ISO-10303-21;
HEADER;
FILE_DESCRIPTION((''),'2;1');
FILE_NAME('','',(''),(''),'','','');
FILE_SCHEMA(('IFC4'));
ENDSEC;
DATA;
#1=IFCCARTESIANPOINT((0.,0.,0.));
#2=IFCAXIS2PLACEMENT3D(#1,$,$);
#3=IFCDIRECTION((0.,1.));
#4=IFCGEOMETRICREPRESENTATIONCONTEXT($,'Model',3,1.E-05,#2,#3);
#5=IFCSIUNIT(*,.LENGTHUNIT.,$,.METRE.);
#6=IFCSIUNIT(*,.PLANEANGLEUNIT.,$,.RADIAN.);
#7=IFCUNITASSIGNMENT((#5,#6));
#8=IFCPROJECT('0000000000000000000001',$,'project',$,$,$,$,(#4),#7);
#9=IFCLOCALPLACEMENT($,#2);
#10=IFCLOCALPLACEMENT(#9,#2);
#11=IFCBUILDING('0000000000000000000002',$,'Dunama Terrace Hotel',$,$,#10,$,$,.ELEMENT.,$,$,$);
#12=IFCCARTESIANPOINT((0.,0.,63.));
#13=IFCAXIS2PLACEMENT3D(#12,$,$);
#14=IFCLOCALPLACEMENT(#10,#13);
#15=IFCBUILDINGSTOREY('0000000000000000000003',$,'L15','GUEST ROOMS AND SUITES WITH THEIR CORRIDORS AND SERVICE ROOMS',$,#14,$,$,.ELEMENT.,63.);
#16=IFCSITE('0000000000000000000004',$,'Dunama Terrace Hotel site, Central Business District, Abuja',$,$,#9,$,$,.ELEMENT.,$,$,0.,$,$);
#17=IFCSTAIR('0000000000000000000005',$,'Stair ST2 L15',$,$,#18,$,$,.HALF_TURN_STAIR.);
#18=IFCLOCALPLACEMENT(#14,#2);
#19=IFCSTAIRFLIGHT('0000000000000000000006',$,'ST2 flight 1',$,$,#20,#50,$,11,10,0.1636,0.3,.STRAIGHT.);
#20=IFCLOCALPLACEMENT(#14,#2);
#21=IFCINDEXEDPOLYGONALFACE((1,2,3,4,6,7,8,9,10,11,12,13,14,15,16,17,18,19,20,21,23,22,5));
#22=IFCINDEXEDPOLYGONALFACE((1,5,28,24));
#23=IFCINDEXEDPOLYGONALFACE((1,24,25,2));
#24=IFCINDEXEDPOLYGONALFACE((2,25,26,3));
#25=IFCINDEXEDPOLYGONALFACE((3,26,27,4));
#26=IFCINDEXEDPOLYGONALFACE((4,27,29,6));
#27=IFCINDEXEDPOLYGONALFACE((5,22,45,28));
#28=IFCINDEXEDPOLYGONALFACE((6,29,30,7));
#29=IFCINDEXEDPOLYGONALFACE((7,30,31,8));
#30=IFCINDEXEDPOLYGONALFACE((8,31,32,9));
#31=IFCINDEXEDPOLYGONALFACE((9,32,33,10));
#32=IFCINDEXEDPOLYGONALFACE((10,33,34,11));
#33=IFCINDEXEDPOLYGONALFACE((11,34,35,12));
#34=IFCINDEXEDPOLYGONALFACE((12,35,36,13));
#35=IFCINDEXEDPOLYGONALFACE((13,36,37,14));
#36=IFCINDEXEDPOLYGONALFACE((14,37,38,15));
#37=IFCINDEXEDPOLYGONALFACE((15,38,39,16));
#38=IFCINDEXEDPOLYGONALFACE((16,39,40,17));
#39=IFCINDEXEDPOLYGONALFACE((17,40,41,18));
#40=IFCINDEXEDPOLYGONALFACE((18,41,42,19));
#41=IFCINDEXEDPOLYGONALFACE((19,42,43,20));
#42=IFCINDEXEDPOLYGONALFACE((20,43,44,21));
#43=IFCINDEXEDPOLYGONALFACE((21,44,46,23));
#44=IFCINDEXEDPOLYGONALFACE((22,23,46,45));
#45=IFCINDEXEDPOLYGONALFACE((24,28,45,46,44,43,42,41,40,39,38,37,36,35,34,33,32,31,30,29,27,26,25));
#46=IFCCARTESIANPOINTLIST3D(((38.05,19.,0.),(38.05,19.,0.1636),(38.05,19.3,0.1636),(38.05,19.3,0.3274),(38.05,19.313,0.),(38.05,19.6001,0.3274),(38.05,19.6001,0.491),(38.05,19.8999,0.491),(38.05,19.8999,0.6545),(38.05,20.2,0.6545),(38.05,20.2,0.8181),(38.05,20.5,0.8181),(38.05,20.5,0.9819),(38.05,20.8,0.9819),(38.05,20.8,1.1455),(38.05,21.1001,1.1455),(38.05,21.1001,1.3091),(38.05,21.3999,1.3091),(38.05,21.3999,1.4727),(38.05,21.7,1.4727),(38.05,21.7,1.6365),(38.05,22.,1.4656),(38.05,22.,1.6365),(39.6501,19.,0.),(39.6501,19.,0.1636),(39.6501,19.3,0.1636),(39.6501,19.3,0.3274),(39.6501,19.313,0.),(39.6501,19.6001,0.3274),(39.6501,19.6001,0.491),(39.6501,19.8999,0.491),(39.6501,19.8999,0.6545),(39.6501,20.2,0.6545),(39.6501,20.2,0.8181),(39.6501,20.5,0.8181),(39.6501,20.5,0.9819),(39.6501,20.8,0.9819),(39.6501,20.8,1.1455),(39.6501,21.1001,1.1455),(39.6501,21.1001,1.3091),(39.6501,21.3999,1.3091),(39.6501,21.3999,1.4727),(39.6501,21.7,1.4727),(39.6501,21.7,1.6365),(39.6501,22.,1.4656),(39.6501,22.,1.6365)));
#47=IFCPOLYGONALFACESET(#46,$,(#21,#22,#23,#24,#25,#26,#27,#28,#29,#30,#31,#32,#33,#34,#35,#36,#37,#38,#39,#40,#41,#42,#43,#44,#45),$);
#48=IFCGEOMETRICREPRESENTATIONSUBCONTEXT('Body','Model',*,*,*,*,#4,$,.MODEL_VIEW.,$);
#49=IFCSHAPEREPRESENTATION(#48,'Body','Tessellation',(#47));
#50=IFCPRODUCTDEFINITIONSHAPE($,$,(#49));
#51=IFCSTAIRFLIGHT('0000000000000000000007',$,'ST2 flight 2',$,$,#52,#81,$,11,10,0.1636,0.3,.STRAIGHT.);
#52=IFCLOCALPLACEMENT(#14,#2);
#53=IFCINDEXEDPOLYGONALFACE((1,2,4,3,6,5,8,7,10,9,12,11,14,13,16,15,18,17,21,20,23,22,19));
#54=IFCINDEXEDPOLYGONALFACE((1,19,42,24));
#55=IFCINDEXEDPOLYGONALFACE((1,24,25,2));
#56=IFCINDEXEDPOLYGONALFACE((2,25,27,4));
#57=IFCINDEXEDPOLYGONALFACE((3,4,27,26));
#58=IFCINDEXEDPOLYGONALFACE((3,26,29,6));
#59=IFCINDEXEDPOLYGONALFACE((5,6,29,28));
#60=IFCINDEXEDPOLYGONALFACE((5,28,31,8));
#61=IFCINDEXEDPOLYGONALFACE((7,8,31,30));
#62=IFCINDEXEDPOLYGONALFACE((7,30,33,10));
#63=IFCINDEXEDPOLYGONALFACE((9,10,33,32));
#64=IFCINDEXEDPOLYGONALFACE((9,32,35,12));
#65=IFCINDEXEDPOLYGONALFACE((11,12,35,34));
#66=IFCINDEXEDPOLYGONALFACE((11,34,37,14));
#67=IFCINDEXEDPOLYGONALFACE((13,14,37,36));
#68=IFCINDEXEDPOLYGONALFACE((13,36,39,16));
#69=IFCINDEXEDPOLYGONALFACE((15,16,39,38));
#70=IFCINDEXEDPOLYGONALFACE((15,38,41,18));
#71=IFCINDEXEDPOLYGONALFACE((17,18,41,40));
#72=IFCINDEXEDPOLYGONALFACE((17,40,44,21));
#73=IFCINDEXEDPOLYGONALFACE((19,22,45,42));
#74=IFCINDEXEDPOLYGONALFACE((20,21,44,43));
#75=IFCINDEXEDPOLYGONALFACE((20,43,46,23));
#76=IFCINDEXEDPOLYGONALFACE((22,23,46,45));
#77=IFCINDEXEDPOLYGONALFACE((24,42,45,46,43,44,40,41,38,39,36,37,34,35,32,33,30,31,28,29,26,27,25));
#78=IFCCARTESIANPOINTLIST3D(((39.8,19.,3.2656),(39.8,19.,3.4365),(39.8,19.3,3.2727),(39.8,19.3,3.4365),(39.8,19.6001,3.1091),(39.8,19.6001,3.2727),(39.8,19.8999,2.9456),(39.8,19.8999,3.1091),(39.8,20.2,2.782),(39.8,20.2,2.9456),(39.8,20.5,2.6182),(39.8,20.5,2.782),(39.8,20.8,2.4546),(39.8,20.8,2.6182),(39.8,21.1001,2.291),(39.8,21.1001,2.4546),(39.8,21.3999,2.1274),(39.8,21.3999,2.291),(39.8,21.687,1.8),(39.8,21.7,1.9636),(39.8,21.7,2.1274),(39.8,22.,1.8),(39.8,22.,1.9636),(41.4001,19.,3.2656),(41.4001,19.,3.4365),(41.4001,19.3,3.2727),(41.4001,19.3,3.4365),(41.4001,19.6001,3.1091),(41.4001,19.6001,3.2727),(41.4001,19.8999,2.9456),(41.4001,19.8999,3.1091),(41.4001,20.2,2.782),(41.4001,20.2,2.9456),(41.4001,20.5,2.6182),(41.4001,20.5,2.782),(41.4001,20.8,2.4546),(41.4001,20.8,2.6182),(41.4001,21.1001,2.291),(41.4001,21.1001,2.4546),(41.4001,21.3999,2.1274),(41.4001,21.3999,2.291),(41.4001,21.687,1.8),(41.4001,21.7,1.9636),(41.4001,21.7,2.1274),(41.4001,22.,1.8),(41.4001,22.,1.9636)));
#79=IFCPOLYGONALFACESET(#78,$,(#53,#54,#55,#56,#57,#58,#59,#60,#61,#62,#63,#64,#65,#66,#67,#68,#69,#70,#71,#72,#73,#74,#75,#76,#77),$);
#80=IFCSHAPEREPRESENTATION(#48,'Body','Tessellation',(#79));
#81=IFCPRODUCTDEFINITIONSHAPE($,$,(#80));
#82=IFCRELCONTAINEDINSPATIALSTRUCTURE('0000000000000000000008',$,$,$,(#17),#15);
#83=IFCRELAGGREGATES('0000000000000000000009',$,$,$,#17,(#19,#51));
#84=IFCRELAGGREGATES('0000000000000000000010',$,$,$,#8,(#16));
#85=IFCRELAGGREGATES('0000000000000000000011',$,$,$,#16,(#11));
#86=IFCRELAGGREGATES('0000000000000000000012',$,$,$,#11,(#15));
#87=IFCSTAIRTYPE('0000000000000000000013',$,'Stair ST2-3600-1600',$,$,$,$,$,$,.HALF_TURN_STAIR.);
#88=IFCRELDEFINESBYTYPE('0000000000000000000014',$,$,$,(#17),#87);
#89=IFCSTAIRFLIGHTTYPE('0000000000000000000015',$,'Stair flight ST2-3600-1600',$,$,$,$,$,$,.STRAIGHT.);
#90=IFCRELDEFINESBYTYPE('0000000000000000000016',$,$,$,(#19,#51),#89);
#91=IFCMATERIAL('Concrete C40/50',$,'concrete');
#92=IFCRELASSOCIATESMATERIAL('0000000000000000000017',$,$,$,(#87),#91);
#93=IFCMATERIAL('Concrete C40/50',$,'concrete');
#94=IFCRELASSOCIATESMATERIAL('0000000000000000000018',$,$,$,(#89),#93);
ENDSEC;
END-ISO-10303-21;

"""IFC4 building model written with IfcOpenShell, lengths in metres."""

from ifc_helpers import new_model, si_unit, direction, frame, origin, place, context, subcontext, project, spatial, polyline, outline, extrude, material, type_object, element, aggregate, save


model = new_model("IFC4")

# Units and contexts
model_context = context("Model", 3, precision=1e-05, world=origin(), true_north=direction((0.0, 1.0)))
body_context = subcontext(model_context, "Body", "Model", "MODEL_VIEW")
ifc_project = project(units=[si_unit("LENGTHUNIT", "METRE"), si_unit("PLANEANGLEUNIT", "RADIAN")], contexts=[model_context])

# Site, building, storey
site_placement = place(None, origin())
site = spatial("IfcSite", under=ifc_project, at=site_placement, Name="Dunama Terrace Hotel site, Central Business District, Abuja", CompositionType="ELEMENT", RefElevation=0.0)
building_placement = place(site_placement, origin())
building = spatial("IfcBuilding", under=site, at=building_placement, Name="Dunama Terrace Hotel", CompositionType="ELEMENT")
storey_placement = place(building_placement, frame((0.0, 0.0, 63.0)))
storey = spatial("IfcBuildingStorey", under=building, at=storey_placement, Name="L15", Description="GUEST ROOMS AND SUITES WITH THEIR CORRIDORS AND SERVICE ROOMS", CompositionType="ELEMENT", Elevation=63.0)

# Stair, stair flights
ifc_material_1 = material(Name="Concrete C40/50", Category="concrete")
stair_type = type_object("IfcStairType", Name="Stair ST2-3600-1600", PredefinedType="HALF_TURN_STAIR", material=ifc_material_1)
stair_placement = place(storey_placement, origin())
stair = element("IfcStair", 1, at=stair_placement, inside=storey, type_object=stair_type, Name="Stair ST2 L15", PredefinedType="HALF_TURN_STAIR")
ifc_material_2 = material(Name="Concrete C40/50", Category="concrete")
stair_flight_type = type_object("IfcStairFlightType", Name="Stair flight ST2-3600-1600", PredefinedType="STRAIGHT", material=ifc_material_2)
stair_flight_1_placement = place(storey_placement, frame((38.8501, 19.0, 0.0), z_axis=(0.0, 0.0, 1.0), x_axis=(0.0, 1.0, 0.0)))
stair_flight_1 = element("IfcStairFlight", 2, at=stair_flight_1_placement, type_object=stair_flight_type, Name="ST2 flight 1", NumberOfRisers=11, NumberOfTreads=10, PredefinedType="STRAIGHT", RiserHeight=0.1636, TreadLength=0.3, context=body_context, shape_type="SweptSolid", body=[
    extrude(outline(polyline([(0.0, 0.0), (0.0, 0.1636), (0.3, 0.1636), (0.3, 0.3274), (0.6001, 0.3274), (0.6001, 0.491), (0.8999, 0.491), (0.8999, 0.6545), (1.2, 0.6545), (1.2, 0.8181), (1.5, 0.8181), (1.5, 0.9819), (1.8, 0.9819), (1.8, 1.1455), (2.1001, 1.1455), (2.1001, 1.3091), (2.3999, 1.3091), (2.3999, 1.4727), (2.7, 1.4727), (2.7, 1.6365), (3.0, 1.6365), (3.0, 1.8), (3.0, 1.4656), (0.313, 0.0), (0.0, 0.0)])), frame((0.0, 0.8, 0.0), z_axis=(0.0, -1.0, 0.0), x_axis=(1.0, 0.0, 0.0)), (0.0, 0.0, 1.0), 1.6001),
])
stair_flight_2_placement = place(storey_placement, frame((40.6001, 22.0, 1.8), z_axis=(0.0, 0.0, 1.0), x_axis=(0.0, -1.0, 0.0)))
stair_flight_2 = element("IfcStairFlight", 3, at=stair_flight_2_placement, type_object=stair_flight_type, Name="ST2 flight 2", NumberOfRisers=11, NumberOfTreads=10, PredefinedType="STRAIGHT", RiserHeight=0.1636, TreadLength=0.3, context=body_context, shape_type="SweptSolid", body=[
    extrude(outline(polyline([(0.0, 0.0), (0.0, 0.1636), (0.3, 0.1636), (0.3, 0.3274), (0.6001, 0.3274), (0.6001, 0.491), (0.8999, 0.491), (0.8999, 0.6545), (1.2, 0.6545), (1.2, 0.8181), (1.5, 0.8181), (1.5, 0.9819), (1.8, 0.9819), (1.8, 1.1455), (2.1001, 1.1455), (2.1001, 1.3091), (2.3999, 1.3091), (2.3999, 1.4727), (2.7, 1.4727), (2.7, 1.6365), (3.0, 1.6365), (3.0, 1.8), (3.0, 1.4656), (0.313, 0.0), (0.0, 0.0)])), frame((0.0, 0.8, 0.0), z_axis=(0.0, -1.0, 0.0), x_axis=(1.0, 0.0, 0.0)), (0.0, 0.0, 1.0), 1.6001),
])
aggregate(stair, [stair_flight_1, stair_flight_2])

save(model, "model.ifc")
